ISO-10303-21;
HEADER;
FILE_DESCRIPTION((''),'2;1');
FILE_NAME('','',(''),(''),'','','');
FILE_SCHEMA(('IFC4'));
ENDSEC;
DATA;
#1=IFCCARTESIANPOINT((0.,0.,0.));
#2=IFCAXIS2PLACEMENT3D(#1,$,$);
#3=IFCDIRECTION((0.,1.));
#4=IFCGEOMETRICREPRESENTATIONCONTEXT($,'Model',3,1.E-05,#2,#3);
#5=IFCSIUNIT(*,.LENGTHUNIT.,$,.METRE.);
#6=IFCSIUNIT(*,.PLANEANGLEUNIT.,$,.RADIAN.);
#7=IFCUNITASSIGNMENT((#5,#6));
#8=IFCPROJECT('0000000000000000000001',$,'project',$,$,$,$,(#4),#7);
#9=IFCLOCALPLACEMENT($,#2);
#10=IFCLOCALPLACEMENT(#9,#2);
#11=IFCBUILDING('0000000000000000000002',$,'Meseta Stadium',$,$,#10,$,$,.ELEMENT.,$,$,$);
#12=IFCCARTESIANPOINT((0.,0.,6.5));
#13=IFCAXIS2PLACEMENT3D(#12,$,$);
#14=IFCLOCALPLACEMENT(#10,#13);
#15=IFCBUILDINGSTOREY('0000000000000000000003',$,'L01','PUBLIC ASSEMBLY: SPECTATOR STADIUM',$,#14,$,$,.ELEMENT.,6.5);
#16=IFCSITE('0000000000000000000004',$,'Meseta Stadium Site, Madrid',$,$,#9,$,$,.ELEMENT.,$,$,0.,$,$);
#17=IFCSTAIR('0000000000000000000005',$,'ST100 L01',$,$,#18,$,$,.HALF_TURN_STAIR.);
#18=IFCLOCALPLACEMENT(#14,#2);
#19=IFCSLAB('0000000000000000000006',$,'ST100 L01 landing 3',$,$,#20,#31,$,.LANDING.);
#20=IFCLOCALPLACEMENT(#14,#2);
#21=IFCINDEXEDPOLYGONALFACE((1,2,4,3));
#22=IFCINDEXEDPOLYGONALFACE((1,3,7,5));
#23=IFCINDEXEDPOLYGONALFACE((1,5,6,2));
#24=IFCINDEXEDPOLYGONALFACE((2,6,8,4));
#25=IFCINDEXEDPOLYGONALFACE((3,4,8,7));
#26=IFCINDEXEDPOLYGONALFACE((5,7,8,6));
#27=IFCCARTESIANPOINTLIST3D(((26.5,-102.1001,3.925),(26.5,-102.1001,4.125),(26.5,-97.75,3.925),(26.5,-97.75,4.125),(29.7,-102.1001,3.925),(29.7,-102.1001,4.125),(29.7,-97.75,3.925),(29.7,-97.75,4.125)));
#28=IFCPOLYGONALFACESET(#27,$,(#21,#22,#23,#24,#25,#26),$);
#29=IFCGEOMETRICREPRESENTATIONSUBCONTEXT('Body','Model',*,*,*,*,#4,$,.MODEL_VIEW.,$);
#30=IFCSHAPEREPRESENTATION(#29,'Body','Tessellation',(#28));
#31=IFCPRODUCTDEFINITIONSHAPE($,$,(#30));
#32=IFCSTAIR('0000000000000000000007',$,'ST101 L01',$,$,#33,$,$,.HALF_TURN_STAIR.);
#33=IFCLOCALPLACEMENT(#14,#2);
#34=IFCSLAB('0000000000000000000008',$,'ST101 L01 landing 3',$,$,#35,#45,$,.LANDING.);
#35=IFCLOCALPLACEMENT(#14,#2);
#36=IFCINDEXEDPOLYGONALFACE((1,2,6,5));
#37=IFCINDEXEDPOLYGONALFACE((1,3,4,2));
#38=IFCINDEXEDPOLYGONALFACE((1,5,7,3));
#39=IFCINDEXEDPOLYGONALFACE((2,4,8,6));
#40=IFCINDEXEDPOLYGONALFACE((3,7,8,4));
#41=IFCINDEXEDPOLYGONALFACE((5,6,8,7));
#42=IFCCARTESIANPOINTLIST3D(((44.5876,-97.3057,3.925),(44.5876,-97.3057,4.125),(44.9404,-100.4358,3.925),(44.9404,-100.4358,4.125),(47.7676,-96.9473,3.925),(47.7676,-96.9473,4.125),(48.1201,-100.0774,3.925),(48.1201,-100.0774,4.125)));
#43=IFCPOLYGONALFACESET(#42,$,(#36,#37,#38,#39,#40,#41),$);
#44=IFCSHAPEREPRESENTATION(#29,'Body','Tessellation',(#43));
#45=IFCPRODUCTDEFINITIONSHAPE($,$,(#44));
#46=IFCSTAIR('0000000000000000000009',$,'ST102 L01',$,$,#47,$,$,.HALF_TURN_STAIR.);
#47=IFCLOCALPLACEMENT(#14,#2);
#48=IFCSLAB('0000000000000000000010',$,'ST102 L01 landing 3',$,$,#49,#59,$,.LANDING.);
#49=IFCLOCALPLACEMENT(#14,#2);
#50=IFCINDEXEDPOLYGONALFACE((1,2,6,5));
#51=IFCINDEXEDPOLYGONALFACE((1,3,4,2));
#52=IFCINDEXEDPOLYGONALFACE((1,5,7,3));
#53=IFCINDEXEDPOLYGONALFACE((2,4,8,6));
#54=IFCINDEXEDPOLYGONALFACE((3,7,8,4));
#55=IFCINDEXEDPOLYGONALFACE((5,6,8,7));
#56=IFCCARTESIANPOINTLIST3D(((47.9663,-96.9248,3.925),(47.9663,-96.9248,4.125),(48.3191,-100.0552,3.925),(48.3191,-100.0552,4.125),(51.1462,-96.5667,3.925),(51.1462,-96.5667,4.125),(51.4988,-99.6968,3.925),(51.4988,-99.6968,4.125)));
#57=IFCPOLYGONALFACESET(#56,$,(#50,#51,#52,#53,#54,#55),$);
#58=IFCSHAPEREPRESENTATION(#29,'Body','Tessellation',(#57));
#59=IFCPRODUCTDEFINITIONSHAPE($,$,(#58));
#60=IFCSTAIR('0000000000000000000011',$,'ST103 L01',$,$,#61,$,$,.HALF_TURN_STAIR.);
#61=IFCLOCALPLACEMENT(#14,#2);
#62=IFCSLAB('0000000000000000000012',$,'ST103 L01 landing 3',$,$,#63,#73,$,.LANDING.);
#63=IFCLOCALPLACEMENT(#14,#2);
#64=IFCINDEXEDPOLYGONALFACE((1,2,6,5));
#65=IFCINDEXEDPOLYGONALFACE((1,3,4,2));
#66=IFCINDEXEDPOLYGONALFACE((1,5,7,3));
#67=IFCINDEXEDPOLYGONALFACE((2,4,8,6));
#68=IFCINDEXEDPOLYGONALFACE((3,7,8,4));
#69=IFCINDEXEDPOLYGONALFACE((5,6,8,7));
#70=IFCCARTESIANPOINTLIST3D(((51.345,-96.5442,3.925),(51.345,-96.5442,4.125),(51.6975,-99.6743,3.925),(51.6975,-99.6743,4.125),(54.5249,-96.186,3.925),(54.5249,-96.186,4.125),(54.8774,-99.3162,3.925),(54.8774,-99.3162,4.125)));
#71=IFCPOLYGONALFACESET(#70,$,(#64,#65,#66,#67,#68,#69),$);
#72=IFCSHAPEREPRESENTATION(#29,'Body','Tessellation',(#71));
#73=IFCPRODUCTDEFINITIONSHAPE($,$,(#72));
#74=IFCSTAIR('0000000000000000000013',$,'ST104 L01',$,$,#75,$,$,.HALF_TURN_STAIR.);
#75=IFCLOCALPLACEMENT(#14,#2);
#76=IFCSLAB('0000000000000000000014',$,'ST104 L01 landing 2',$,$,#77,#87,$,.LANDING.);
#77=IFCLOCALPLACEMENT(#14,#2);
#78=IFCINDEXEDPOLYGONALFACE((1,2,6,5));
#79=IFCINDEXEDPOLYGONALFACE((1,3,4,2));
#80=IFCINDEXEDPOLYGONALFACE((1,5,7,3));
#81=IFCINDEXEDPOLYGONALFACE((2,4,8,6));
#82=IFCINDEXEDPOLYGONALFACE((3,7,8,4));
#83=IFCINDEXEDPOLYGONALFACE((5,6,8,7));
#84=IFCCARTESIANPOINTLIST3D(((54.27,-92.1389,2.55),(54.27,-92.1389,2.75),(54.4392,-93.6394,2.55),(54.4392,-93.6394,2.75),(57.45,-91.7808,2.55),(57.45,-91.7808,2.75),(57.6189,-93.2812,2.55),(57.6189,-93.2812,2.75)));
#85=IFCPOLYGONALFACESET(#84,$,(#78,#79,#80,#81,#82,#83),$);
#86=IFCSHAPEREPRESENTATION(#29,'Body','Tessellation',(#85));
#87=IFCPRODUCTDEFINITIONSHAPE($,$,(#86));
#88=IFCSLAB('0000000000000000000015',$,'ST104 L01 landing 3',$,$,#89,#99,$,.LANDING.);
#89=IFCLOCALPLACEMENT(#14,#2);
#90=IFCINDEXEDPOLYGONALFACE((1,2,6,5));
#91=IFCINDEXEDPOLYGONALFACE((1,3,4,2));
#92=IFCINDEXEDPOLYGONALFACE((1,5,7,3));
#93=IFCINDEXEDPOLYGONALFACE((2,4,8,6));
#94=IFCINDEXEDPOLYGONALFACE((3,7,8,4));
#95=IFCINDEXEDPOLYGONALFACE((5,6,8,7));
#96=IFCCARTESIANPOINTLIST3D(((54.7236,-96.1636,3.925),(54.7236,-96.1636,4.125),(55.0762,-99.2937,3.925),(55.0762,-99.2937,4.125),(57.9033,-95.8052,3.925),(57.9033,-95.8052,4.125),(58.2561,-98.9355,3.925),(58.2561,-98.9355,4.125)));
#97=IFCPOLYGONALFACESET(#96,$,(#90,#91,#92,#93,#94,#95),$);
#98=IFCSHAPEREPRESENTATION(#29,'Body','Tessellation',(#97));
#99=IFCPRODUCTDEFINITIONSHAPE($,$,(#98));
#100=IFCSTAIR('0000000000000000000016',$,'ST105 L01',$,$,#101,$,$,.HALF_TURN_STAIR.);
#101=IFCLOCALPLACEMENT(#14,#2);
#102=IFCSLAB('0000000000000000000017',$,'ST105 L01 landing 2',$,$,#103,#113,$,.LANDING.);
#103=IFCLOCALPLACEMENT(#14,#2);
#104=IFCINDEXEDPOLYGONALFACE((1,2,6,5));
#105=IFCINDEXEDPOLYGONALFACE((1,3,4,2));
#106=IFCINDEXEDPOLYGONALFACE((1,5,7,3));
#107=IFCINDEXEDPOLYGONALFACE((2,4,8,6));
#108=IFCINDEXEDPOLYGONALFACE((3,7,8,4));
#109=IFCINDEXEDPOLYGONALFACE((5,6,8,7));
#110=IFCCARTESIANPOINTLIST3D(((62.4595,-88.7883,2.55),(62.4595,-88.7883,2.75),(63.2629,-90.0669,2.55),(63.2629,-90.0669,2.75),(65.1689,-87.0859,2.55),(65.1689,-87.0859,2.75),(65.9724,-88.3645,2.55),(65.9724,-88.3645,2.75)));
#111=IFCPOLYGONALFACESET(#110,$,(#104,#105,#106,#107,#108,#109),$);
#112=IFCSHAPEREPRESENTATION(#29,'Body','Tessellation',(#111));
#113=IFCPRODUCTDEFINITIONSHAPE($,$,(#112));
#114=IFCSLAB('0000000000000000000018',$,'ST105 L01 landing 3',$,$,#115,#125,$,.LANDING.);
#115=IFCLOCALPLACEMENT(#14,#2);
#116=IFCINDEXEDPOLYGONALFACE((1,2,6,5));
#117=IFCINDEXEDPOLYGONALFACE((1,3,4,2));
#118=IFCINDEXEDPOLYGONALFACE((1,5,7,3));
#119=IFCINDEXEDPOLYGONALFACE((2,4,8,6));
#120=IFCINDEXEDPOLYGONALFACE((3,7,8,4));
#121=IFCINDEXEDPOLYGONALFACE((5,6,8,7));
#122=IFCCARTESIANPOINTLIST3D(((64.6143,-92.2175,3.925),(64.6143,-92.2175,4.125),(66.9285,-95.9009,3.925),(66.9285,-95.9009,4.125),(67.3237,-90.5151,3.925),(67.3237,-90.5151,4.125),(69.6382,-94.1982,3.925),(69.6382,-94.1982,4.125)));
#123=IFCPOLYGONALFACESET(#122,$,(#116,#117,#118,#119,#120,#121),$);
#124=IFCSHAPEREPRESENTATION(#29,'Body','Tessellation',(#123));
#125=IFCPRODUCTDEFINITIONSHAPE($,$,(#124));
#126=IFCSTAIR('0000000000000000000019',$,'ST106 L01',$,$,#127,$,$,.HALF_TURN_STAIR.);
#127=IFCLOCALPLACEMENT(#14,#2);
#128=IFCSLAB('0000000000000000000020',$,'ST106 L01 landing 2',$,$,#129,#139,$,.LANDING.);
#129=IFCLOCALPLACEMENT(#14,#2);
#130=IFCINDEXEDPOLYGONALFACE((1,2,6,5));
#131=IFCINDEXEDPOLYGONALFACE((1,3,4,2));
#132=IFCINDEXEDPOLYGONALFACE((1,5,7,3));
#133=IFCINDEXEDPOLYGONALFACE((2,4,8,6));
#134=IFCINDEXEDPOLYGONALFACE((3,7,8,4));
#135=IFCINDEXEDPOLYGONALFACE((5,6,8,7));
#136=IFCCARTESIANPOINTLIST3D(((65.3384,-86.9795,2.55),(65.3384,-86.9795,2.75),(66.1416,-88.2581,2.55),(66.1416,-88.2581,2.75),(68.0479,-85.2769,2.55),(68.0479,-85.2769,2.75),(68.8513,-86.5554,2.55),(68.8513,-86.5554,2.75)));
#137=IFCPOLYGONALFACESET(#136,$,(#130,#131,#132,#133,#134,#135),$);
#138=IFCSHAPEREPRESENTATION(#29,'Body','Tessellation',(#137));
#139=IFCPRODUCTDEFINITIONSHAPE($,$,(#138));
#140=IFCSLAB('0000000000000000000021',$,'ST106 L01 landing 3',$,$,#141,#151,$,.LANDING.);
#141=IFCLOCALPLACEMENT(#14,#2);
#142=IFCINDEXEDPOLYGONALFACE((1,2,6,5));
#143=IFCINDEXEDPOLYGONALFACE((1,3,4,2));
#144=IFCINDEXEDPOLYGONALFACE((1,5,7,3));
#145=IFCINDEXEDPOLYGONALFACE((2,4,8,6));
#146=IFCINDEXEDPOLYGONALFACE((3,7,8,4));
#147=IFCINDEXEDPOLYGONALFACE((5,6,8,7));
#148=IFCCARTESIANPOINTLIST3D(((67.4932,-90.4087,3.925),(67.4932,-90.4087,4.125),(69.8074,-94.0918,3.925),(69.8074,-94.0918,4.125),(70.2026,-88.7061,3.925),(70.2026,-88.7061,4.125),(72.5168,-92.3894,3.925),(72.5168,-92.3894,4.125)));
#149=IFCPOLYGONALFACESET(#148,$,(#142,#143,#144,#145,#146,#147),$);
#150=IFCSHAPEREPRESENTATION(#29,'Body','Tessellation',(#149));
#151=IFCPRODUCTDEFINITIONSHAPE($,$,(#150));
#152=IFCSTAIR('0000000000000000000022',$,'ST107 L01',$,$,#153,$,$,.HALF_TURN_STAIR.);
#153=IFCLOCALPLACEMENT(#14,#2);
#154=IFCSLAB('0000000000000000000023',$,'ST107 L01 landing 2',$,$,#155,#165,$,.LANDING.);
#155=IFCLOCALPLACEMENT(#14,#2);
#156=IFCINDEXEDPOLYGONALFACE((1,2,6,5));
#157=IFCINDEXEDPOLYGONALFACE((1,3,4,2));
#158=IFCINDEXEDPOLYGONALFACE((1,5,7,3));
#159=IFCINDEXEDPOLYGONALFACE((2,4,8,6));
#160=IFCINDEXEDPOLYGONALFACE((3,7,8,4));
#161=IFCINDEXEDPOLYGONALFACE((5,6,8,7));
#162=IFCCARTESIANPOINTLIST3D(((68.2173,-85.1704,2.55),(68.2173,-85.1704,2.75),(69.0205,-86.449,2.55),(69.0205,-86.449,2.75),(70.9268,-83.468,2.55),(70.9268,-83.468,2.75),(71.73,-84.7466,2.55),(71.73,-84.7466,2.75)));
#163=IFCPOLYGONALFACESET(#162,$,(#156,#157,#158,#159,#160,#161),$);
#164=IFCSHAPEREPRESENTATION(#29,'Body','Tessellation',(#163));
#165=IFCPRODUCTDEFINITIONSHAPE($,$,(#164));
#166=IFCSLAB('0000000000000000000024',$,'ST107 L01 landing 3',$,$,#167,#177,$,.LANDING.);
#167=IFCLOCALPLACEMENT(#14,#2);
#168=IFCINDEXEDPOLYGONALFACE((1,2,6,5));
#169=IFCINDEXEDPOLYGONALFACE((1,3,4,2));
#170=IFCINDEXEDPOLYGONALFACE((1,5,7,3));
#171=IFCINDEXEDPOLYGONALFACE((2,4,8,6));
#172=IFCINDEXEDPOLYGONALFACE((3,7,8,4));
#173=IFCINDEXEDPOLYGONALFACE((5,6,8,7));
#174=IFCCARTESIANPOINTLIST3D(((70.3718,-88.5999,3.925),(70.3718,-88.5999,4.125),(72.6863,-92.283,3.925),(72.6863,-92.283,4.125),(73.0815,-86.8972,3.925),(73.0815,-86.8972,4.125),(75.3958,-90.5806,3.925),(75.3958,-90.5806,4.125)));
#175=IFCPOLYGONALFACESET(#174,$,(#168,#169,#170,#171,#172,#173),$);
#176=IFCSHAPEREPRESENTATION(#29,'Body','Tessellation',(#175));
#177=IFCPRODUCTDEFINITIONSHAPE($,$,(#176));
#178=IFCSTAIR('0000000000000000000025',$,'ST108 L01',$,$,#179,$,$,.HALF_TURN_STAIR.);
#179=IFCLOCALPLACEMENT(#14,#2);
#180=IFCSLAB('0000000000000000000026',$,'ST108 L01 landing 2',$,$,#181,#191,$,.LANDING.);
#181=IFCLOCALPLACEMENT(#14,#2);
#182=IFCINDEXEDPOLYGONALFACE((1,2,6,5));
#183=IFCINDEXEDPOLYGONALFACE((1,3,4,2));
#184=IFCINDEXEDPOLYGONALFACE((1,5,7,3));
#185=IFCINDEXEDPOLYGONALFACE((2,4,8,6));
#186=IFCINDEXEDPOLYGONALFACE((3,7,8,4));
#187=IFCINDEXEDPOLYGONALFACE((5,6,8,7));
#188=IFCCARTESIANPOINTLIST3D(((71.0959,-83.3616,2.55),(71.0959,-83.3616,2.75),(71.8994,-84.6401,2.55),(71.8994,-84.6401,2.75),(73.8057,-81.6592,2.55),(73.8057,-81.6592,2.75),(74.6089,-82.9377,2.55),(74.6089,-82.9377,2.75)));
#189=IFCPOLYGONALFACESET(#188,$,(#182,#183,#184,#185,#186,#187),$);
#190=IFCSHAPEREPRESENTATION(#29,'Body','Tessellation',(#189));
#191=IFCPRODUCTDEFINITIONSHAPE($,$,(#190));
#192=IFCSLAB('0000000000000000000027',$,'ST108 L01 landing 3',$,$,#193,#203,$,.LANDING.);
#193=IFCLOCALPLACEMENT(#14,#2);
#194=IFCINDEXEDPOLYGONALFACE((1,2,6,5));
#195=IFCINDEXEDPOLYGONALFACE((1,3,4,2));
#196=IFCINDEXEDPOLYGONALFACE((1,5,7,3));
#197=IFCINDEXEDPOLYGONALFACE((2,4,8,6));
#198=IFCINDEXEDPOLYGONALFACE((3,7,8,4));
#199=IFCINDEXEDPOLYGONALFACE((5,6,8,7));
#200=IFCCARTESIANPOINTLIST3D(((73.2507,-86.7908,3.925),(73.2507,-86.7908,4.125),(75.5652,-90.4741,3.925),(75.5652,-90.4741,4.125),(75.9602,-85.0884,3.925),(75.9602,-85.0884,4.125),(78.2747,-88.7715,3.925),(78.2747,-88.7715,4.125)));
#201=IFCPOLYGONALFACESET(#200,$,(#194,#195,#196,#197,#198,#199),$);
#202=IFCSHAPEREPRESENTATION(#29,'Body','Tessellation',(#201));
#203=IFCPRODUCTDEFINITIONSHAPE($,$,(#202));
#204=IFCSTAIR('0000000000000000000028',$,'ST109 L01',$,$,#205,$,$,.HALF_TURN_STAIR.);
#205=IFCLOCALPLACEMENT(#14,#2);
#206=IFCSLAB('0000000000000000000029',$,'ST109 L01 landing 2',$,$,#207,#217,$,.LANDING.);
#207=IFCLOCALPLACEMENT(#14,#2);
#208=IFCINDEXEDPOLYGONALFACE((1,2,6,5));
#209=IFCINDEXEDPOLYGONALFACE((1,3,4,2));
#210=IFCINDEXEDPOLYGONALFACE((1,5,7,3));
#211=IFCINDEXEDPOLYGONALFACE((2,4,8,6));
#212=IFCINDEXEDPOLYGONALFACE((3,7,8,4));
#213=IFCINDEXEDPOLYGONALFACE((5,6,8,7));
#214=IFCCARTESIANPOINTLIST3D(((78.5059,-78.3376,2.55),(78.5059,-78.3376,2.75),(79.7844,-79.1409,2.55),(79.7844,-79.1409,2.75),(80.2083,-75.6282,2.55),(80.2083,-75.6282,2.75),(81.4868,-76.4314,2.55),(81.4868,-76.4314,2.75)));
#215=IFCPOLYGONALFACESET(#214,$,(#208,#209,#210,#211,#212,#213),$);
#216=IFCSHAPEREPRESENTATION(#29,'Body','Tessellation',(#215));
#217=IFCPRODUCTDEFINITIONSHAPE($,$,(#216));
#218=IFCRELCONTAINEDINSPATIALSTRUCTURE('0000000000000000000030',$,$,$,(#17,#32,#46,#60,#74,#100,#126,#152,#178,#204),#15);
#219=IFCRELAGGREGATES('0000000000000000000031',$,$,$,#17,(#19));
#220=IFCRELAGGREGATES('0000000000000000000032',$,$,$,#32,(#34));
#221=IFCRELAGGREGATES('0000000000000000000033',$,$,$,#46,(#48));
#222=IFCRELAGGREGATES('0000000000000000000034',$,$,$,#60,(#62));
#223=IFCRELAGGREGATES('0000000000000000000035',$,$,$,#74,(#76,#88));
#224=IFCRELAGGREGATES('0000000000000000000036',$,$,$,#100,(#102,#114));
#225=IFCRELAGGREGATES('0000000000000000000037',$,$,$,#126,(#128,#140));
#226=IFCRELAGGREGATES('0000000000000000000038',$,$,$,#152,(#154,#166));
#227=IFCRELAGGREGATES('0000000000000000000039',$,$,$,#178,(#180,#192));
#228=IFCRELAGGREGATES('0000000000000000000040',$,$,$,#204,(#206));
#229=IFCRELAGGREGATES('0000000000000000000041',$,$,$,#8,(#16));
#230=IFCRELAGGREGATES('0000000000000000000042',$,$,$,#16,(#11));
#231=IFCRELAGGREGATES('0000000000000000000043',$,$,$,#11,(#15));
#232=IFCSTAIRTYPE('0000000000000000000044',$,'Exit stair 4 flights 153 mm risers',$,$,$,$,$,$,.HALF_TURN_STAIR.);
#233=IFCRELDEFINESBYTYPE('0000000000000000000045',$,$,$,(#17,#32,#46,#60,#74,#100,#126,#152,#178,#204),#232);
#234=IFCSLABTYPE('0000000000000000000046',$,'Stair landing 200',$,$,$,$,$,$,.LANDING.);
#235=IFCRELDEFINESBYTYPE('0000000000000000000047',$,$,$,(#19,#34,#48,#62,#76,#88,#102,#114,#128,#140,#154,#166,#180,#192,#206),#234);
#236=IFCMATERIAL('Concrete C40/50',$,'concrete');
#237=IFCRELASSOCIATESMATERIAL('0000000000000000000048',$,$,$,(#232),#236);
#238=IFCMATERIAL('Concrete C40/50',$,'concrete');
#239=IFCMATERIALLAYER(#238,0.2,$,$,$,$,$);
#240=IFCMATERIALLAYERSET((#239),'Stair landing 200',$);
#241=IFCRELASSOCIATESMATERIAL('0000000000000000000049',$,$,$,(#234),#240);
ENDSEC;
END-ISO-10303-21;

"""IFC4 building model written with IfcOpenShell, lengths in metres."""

from ifc_helpers import new_model, si_unit, direction, frame, origin, place, context, subcontext, project, spatial, polyline, outline, extrude, material, layer, layer_set, type_object, element, aggregate, save


model = new_model("IFC4")

# Units and contexts
model_context = context("Model", 3, precision=1e-05, world=origin(), true_north=direction((0.0, 1.0)))
body_context = subcontext(model_context, "Body", "Model", "MODEL_VIEW")
ifc_project = project(units=[si_unit("LENGTHUNIT", "METRE"), si_unit("PLANEANGLEUNIT", "RADIAN")], contexts=[model_context])

# Site, building, storey
site_placement = place(None, origin())
site = spatial("IfcSite", under=ifc_project, at=site_placement, Name="Meseta Stadium Site, Madrid", CompositionType="ELEMENT", RefElevation=0.0)
building_placement = place(site_placement, origin())
building = spatial("IfcBuilding", under=site, at=building_placement, Name="Meseta Stadium", CompositionType="ELEMENT")
storey_placement = place(building_placement, frame((0.0, 0.0, 6.5)))
storey = spatial("IfcBuildingStorey", under=building, at=storey_placement, Name="L01", Description="PUBLIC ASSEMBLY: SPECTATOR STADIUM", CompositionType="ELEMENT", Elevation=6.5)

# Stairs, slabs
ifc_material_1 = material(Name="Concrete C40/50", Category="concrete")
stair_type = type_object("IfcStairType", Name="Exit stair 4 flights 153 mm risers", PredefinedType="HALF_TURN_STAIR", material=ifc_material_1)
ifc_material_2 = material(Name="Concrete C40/50", Category="concrete")
ifc_layer = layer(ifc_material_2, 0.2)
ifc_layer_set = layer_set([ifc_layer], Name="Stair landing 200")
slab_type = type_object("IfcSlabType", Name="Stair landing 200", PredefinedType="LANDING", material=ifc_layer_set)
stair_1_placement = place(storey_placement, origin())
stair_1 = element("IfcStair", 1, at=stair_1_placement, inside=storey, type_object=stair_type, Name="ST100 L01", PredefinedType="HALF_TURN_STAIR")
slab_1_placement = place(storey_placement, frame((0.0, 0.0, 3.925)))
slab_1 = element("IfcSlab", 2, at=slab_1_placement, type_object=slab_type, Name="ST100 L01 landing 3", PredefinedType="LANDING", context=body_context, shape_type="SweptSolid", body=[
    extrude(outline(polyline([(26.5, -97.75), (26.5, -102.1001), (29.7, -102.1001), (29.7, -97.75), (26.5, -97.75)])), origin(), (0.0, 0.0, 1.0), 0.2),
])
aggregate(stair_1, [slab_1])
stair_2_placement = place(storey_placement, origin())
stair_2 = element("IfcStair", 3, at=stair_2_placement, inside=storey, type_object=stair_type, Name="ST101 L01", PredefinedType="HALF_TURN_STAIR")
slab_2_placement = place(storey_placement, frame((0.0, 0.0, 3.925)))
slab_2 = element("IfcSlab", 4, at=slab_2_placement, type_object=slab_type, Name="ST101 L01 landing 3", PredefinedType="LANDING", context=body_context, shape_type="SweptSolid", body=[
    extrude(outline(polyline([(44.5876, -97.3057), (44.9404, -100.4358), (48.1201, -100.0774), (47.7676, -96.9473), (44.5876, -97.3057)])), origin(), (0.0, 0.0, 1.0), 0.2),
])
aggregate(stair_2, [slab_2])
stair_3_placement = place(storey_placement, origin())
stair_3 = element("IfcStair", 5, at=stair_3_placement, inside=storey, type_object=stair_type, Name="ST102 L01", PredefinedType="HALF_TURN_STAIR")
slab_3_placement = place(storey_placement, frame((0.0, 0.0, 3.925)))
slab_3 = element("IfcSlab", 6, at=slab_3_placement, type_object=slab_type, Name="ST102 L01 landing 3", PredefinedType="LANDING", context=body_context, shape_type="SweptSolid", body=[
    extrude(outline(polyline([(47.9663, -96.9248), (48.3191, -100.0552), (51.4988, -99.6968), (51.1462, -96.5667), (47.9663, -96.9248)])), origin(), (0.0, 0.0, 1.0), 0.2),
])
aggregate(stair_3, [slab_3])
stair_4_placement = place(storey_placement, origin())
stair_4 = element("IfcStair", 7, at=stair_4_placement, inside=storey, type_object=stair_type, Name="ST103 L01", PredefinedType="HALF_TURN_STAIR")
slab_4_placement = place(storey_placement, frame((0.0, 0.0, 3.925)))
slab_4 = element("IfcSlab", 8, at=slab_4_placement, type_object=slab_type, Name="ST103 L01 landing 3", PredefinedType="LANDING", context=body_context, shape_type="SweptSolid", body=[
    extrude(outline(polyline([(51.345, -96.5442), (51.6975, -99.6743), (54.8774, -99.3162), (54.5249, -96.186), (51.345, -96.5442)])), origin(), (0.0, 0.0, 1.0), 0.2),
])
aggregate(stair_4, [slab_4])

# Stairs, slabs
stair_5_placement = place(storey_placement, origin())
stair_5 = element("IfcStair", 9, at=stair_5_placement, inside=storey, type_object=stair_type, Name="ST104 L01", PredefinedType="HALF_TURN_STAIR")
slab_5_placement = place(storey_placement, frame((0.0, 0.0, 2.55)))
slab_5 = element("IfcSlab", 10, at=slab_5_placement, type_object=slab_type, Name="ST104 L01 landing 2", PredefinedType="LANDING", context=body_context, shape_type="SweptSolid", body=[
    extrude(outline(polyline([(54.27, -92.1389), (54.4392, -93.6394), (57.6189, -93.2812), (57.45, -91.7808), (54.27, -92.1389)])), origin(), (0.0, 0.0, 1.0), 0.2),
])
slab_6_placement = place(storey_placement, frame((0.0, 0.0, 3.925)))
slab_6 = element("IfcSlab", 11, at=slab_6_placement, type_object=slab_type, Name="ST104 L01 landing 3", PredefinedType="LANDING", context=body_context, shape_type="SweptSolid", body=[
    extrude(outline(polyline([(54.7236, -96.1636), (55.0762, -99.2937), (58.2561, -98.9355), (57.9033, -95.8052), (54.7236, -96.1636)])), origin(), (0.0, 0.0, 1.0), 0.2),
])
aggregate(stair_5, [slab_5, slab_6])
stair_6_placement = place(storey_placement, origin())
stair_6 = element("IfcStair", 12, at=stair_6_placement, inside=storey, type_object=stair_type, Name="ST105 L01", PredefinedType="HALF_TURN_STAIR")
slab_7_placement = place(storey_placement, frame((0.0, 0.0, 2.55)))
slab_7 = element("IfcSlab", 13, at=slab_7_placement, type_object=slab_type, Name="ST105 L01 landing 2", PredefinedType="LANDING", context=body_context, shape_type="SweptSolid", body=[
    extrude(outline(polyline([(62.4595, -88.7883), (63.2629, -90.0669), (65.9724, -88.3645), (65.1689, -87.0859), (62.4595, -88.7883)])), origin(), (0.0, 0.0, 1.0), 0.2),
])
slab_8_placement = place(storey_placement, frame((0.0, 0.0, 3.925)))
slab_8 = element("IfcSlab", 14, at=slab_8_placement, type_object=slab_type, Name="ST105 L01 landing 3", PredefinedType="LANDING", context=body_context, shape_type="SweptSolid", body=[
    extrude(outline(polyline([(64.6143, -92.2175), (66.9285, -95.9009), (69.6382, -94.1982), (67.3237, -90.5151), (64.6143, -92.2175)])), origin(), (0.0, 0.0, 1.0), 0.2),
])
aggregate(stair_6, [slab_7, slab_8])
stair_7_placement = place(storey_placement, origin())
stair_7 = element("IfcStair", 15, at=stair_7_placement, inside=storey, type_object=stair_type, Name="ST106 L01", PredefinedType="HALF_TURN_STAIR")
slab_9_placement = place(storey_placement, frame((0.0, 0.0, 2.55)))
slab_9 = element("IfcSlab", 16, at=slab_9_placement, type_object=slab_type, Name="ST106 L01 landing 2", PredefinedType="LANDING", context=body_context, shape_type="SweptSolid", body=[
    extrude(outline(polyline([(65.3384, -86.9795), (66.1416, -88.2581), (68.8513, -86.5554), (68.0479, -85.2769), (65.3384, -86.9795)])), origin(), (0.0, 0.0, 1.0), 0.2),
])
slab_10_placement = place(storey_placement, frame((0.0, 0.0, 3.925)))
slab_10 = element("IfcSlab", 17, at=slab_10_placement, type_object=slab_type, Name="ST106 L01 landing 3", PredefinedType="LANDING", context=body_context, shape_type="SweptSolid", body=[
    extrude(outline(polyline([(67.4932, -90.4087), (69.8074, -94.0918), (72.5168, -92.3894), (70.2026, -88.7061), (67.4932, -90.4087)])), origin(), (0.0, 0.0, 1.0), 0.2),
])
aggregate(stair_7, [slab_9, slab_10])
stair_8_placement = place(storey_placement, origin())
stair_8 = element("IfcStair", 18, at=stair_8_placement, inside=storey, type_object=stair_type, Name="ST107 L01", PredefinedType="HALF_TURN_STAIR")
slab_11_placement = place(storey_placement, frame((0.0, 0.0, 2.55)))
slab_11 = element("IfcSlab", 19, at=slab_11_placement, type_object=slab_type, Name="ST107 L01 landing 2", PredefinedType="LANDING", context=body_context, shape_type="SweptSolid", body=[
    extrude(outline(polyline([(68.2173, -85.1704), (69.0205, -86.449), (71.73, -84.7466), (70.9268, -83.468), (68.2173, -85.1704)])), origin(), (0.0, 0.0, 1.0), 0.2),
])
slab_12_placement = place(storey_placement, frame((0.0, 0.0, 3.925)))
slab_12 = element("IfcSlab", 20, at=slab_12_placement, type_object=slab_type, Name="ST107 L01 landing 3", PredefinedType="LANDING", context=body_context, shape_type="SweptSolid", body=[
    extrude(outline(polyline([(70.3718, -88.5999), (72.6863, -92.283), (75.3958, -90.5806), (73.0815, -86.8972), (70.3718, -88.5999)])), origin(), (0.0, 0.0, 1.0), 0.2),
])
aggregate(stair_8, [slab_11, slab_12])
stair_9_placement = place(storey_placement, origin())
stair_9 = element("IfcStair", 21, at=stair_9_placement, inside=storey, type_object=stair_type, Name="ST108 L01", PredefinedType="HALF_TURN_STAIR")
slab_13_placement = place(storey_placement, frame((0.0, 0.0, 2.55)))
slab_13 = element("IfcSlab", 22, at=slab_13_placement, type_object=slab_type, Name="ST108 L01 landing 2", PredefinedType="LANDING", context=body_context, shape_type="SweptSolid", body=[
    extrude(outline(polyline([(71.0959, -83.3616), (71.8994, -84.6401), (74.6089, -82.9377), (73.8057, -81.6592), (71.0959, -83.3616)])), origin(), (0.0, 0.0, 1.0), 0.2),
])
slab_14_placement = place(storey_placement, frame((0.0, 0.0, 3.925)))
slab_14 = element("IfcSlab", 23, at=slab_14_placement, type_object=slab_type, Name="ST108 L01 landing 3", PredefinedType="LANDING", context=body_context, shape_type="SweptSolid", body=[
    extrude(outline(polyline([(73.2507, -86.7908), (75.5652, -90.4741), (78.2747, -88.7715), (75.9602, -85.0884), (73.2507, -86.7908)])), origin(), (0.0, 0.0, 1.0), 0.2),
])
aggregate(stair_9, [slab_13, slab_14])
stair_10_placement = place(storey_placement, origin())
stair_10 = element("IfcStair", 24, at=stair_10_placement, inside=storey, type_object=stair_type, Name="ST109 L01", PredefinedType="HALF_TURN_STAIR")
slab_15_placement = place(storey_placement, frame((0.0, 0.0, 2.55)))
slab_15 = element("IfcSlab", 25, at=slab_15_placement, type_object=slab_type, Name="ST109 L01 landing 2", PredefinedType="LANDING", context=body_context, shape_type="SweptSolid", body=[
    extrude(outline(polyline([(78.5059, -78.3376), (79.7844, -79.1409), (81.4868, -76.4314), (80.2083, -75.6282), (78.5059, -78.3376)])), origin(), (0.0, 0.0, 1.0), 0.2),
])
aggregate(stair_10, [slab_15])

save(model, "model.ifc")
